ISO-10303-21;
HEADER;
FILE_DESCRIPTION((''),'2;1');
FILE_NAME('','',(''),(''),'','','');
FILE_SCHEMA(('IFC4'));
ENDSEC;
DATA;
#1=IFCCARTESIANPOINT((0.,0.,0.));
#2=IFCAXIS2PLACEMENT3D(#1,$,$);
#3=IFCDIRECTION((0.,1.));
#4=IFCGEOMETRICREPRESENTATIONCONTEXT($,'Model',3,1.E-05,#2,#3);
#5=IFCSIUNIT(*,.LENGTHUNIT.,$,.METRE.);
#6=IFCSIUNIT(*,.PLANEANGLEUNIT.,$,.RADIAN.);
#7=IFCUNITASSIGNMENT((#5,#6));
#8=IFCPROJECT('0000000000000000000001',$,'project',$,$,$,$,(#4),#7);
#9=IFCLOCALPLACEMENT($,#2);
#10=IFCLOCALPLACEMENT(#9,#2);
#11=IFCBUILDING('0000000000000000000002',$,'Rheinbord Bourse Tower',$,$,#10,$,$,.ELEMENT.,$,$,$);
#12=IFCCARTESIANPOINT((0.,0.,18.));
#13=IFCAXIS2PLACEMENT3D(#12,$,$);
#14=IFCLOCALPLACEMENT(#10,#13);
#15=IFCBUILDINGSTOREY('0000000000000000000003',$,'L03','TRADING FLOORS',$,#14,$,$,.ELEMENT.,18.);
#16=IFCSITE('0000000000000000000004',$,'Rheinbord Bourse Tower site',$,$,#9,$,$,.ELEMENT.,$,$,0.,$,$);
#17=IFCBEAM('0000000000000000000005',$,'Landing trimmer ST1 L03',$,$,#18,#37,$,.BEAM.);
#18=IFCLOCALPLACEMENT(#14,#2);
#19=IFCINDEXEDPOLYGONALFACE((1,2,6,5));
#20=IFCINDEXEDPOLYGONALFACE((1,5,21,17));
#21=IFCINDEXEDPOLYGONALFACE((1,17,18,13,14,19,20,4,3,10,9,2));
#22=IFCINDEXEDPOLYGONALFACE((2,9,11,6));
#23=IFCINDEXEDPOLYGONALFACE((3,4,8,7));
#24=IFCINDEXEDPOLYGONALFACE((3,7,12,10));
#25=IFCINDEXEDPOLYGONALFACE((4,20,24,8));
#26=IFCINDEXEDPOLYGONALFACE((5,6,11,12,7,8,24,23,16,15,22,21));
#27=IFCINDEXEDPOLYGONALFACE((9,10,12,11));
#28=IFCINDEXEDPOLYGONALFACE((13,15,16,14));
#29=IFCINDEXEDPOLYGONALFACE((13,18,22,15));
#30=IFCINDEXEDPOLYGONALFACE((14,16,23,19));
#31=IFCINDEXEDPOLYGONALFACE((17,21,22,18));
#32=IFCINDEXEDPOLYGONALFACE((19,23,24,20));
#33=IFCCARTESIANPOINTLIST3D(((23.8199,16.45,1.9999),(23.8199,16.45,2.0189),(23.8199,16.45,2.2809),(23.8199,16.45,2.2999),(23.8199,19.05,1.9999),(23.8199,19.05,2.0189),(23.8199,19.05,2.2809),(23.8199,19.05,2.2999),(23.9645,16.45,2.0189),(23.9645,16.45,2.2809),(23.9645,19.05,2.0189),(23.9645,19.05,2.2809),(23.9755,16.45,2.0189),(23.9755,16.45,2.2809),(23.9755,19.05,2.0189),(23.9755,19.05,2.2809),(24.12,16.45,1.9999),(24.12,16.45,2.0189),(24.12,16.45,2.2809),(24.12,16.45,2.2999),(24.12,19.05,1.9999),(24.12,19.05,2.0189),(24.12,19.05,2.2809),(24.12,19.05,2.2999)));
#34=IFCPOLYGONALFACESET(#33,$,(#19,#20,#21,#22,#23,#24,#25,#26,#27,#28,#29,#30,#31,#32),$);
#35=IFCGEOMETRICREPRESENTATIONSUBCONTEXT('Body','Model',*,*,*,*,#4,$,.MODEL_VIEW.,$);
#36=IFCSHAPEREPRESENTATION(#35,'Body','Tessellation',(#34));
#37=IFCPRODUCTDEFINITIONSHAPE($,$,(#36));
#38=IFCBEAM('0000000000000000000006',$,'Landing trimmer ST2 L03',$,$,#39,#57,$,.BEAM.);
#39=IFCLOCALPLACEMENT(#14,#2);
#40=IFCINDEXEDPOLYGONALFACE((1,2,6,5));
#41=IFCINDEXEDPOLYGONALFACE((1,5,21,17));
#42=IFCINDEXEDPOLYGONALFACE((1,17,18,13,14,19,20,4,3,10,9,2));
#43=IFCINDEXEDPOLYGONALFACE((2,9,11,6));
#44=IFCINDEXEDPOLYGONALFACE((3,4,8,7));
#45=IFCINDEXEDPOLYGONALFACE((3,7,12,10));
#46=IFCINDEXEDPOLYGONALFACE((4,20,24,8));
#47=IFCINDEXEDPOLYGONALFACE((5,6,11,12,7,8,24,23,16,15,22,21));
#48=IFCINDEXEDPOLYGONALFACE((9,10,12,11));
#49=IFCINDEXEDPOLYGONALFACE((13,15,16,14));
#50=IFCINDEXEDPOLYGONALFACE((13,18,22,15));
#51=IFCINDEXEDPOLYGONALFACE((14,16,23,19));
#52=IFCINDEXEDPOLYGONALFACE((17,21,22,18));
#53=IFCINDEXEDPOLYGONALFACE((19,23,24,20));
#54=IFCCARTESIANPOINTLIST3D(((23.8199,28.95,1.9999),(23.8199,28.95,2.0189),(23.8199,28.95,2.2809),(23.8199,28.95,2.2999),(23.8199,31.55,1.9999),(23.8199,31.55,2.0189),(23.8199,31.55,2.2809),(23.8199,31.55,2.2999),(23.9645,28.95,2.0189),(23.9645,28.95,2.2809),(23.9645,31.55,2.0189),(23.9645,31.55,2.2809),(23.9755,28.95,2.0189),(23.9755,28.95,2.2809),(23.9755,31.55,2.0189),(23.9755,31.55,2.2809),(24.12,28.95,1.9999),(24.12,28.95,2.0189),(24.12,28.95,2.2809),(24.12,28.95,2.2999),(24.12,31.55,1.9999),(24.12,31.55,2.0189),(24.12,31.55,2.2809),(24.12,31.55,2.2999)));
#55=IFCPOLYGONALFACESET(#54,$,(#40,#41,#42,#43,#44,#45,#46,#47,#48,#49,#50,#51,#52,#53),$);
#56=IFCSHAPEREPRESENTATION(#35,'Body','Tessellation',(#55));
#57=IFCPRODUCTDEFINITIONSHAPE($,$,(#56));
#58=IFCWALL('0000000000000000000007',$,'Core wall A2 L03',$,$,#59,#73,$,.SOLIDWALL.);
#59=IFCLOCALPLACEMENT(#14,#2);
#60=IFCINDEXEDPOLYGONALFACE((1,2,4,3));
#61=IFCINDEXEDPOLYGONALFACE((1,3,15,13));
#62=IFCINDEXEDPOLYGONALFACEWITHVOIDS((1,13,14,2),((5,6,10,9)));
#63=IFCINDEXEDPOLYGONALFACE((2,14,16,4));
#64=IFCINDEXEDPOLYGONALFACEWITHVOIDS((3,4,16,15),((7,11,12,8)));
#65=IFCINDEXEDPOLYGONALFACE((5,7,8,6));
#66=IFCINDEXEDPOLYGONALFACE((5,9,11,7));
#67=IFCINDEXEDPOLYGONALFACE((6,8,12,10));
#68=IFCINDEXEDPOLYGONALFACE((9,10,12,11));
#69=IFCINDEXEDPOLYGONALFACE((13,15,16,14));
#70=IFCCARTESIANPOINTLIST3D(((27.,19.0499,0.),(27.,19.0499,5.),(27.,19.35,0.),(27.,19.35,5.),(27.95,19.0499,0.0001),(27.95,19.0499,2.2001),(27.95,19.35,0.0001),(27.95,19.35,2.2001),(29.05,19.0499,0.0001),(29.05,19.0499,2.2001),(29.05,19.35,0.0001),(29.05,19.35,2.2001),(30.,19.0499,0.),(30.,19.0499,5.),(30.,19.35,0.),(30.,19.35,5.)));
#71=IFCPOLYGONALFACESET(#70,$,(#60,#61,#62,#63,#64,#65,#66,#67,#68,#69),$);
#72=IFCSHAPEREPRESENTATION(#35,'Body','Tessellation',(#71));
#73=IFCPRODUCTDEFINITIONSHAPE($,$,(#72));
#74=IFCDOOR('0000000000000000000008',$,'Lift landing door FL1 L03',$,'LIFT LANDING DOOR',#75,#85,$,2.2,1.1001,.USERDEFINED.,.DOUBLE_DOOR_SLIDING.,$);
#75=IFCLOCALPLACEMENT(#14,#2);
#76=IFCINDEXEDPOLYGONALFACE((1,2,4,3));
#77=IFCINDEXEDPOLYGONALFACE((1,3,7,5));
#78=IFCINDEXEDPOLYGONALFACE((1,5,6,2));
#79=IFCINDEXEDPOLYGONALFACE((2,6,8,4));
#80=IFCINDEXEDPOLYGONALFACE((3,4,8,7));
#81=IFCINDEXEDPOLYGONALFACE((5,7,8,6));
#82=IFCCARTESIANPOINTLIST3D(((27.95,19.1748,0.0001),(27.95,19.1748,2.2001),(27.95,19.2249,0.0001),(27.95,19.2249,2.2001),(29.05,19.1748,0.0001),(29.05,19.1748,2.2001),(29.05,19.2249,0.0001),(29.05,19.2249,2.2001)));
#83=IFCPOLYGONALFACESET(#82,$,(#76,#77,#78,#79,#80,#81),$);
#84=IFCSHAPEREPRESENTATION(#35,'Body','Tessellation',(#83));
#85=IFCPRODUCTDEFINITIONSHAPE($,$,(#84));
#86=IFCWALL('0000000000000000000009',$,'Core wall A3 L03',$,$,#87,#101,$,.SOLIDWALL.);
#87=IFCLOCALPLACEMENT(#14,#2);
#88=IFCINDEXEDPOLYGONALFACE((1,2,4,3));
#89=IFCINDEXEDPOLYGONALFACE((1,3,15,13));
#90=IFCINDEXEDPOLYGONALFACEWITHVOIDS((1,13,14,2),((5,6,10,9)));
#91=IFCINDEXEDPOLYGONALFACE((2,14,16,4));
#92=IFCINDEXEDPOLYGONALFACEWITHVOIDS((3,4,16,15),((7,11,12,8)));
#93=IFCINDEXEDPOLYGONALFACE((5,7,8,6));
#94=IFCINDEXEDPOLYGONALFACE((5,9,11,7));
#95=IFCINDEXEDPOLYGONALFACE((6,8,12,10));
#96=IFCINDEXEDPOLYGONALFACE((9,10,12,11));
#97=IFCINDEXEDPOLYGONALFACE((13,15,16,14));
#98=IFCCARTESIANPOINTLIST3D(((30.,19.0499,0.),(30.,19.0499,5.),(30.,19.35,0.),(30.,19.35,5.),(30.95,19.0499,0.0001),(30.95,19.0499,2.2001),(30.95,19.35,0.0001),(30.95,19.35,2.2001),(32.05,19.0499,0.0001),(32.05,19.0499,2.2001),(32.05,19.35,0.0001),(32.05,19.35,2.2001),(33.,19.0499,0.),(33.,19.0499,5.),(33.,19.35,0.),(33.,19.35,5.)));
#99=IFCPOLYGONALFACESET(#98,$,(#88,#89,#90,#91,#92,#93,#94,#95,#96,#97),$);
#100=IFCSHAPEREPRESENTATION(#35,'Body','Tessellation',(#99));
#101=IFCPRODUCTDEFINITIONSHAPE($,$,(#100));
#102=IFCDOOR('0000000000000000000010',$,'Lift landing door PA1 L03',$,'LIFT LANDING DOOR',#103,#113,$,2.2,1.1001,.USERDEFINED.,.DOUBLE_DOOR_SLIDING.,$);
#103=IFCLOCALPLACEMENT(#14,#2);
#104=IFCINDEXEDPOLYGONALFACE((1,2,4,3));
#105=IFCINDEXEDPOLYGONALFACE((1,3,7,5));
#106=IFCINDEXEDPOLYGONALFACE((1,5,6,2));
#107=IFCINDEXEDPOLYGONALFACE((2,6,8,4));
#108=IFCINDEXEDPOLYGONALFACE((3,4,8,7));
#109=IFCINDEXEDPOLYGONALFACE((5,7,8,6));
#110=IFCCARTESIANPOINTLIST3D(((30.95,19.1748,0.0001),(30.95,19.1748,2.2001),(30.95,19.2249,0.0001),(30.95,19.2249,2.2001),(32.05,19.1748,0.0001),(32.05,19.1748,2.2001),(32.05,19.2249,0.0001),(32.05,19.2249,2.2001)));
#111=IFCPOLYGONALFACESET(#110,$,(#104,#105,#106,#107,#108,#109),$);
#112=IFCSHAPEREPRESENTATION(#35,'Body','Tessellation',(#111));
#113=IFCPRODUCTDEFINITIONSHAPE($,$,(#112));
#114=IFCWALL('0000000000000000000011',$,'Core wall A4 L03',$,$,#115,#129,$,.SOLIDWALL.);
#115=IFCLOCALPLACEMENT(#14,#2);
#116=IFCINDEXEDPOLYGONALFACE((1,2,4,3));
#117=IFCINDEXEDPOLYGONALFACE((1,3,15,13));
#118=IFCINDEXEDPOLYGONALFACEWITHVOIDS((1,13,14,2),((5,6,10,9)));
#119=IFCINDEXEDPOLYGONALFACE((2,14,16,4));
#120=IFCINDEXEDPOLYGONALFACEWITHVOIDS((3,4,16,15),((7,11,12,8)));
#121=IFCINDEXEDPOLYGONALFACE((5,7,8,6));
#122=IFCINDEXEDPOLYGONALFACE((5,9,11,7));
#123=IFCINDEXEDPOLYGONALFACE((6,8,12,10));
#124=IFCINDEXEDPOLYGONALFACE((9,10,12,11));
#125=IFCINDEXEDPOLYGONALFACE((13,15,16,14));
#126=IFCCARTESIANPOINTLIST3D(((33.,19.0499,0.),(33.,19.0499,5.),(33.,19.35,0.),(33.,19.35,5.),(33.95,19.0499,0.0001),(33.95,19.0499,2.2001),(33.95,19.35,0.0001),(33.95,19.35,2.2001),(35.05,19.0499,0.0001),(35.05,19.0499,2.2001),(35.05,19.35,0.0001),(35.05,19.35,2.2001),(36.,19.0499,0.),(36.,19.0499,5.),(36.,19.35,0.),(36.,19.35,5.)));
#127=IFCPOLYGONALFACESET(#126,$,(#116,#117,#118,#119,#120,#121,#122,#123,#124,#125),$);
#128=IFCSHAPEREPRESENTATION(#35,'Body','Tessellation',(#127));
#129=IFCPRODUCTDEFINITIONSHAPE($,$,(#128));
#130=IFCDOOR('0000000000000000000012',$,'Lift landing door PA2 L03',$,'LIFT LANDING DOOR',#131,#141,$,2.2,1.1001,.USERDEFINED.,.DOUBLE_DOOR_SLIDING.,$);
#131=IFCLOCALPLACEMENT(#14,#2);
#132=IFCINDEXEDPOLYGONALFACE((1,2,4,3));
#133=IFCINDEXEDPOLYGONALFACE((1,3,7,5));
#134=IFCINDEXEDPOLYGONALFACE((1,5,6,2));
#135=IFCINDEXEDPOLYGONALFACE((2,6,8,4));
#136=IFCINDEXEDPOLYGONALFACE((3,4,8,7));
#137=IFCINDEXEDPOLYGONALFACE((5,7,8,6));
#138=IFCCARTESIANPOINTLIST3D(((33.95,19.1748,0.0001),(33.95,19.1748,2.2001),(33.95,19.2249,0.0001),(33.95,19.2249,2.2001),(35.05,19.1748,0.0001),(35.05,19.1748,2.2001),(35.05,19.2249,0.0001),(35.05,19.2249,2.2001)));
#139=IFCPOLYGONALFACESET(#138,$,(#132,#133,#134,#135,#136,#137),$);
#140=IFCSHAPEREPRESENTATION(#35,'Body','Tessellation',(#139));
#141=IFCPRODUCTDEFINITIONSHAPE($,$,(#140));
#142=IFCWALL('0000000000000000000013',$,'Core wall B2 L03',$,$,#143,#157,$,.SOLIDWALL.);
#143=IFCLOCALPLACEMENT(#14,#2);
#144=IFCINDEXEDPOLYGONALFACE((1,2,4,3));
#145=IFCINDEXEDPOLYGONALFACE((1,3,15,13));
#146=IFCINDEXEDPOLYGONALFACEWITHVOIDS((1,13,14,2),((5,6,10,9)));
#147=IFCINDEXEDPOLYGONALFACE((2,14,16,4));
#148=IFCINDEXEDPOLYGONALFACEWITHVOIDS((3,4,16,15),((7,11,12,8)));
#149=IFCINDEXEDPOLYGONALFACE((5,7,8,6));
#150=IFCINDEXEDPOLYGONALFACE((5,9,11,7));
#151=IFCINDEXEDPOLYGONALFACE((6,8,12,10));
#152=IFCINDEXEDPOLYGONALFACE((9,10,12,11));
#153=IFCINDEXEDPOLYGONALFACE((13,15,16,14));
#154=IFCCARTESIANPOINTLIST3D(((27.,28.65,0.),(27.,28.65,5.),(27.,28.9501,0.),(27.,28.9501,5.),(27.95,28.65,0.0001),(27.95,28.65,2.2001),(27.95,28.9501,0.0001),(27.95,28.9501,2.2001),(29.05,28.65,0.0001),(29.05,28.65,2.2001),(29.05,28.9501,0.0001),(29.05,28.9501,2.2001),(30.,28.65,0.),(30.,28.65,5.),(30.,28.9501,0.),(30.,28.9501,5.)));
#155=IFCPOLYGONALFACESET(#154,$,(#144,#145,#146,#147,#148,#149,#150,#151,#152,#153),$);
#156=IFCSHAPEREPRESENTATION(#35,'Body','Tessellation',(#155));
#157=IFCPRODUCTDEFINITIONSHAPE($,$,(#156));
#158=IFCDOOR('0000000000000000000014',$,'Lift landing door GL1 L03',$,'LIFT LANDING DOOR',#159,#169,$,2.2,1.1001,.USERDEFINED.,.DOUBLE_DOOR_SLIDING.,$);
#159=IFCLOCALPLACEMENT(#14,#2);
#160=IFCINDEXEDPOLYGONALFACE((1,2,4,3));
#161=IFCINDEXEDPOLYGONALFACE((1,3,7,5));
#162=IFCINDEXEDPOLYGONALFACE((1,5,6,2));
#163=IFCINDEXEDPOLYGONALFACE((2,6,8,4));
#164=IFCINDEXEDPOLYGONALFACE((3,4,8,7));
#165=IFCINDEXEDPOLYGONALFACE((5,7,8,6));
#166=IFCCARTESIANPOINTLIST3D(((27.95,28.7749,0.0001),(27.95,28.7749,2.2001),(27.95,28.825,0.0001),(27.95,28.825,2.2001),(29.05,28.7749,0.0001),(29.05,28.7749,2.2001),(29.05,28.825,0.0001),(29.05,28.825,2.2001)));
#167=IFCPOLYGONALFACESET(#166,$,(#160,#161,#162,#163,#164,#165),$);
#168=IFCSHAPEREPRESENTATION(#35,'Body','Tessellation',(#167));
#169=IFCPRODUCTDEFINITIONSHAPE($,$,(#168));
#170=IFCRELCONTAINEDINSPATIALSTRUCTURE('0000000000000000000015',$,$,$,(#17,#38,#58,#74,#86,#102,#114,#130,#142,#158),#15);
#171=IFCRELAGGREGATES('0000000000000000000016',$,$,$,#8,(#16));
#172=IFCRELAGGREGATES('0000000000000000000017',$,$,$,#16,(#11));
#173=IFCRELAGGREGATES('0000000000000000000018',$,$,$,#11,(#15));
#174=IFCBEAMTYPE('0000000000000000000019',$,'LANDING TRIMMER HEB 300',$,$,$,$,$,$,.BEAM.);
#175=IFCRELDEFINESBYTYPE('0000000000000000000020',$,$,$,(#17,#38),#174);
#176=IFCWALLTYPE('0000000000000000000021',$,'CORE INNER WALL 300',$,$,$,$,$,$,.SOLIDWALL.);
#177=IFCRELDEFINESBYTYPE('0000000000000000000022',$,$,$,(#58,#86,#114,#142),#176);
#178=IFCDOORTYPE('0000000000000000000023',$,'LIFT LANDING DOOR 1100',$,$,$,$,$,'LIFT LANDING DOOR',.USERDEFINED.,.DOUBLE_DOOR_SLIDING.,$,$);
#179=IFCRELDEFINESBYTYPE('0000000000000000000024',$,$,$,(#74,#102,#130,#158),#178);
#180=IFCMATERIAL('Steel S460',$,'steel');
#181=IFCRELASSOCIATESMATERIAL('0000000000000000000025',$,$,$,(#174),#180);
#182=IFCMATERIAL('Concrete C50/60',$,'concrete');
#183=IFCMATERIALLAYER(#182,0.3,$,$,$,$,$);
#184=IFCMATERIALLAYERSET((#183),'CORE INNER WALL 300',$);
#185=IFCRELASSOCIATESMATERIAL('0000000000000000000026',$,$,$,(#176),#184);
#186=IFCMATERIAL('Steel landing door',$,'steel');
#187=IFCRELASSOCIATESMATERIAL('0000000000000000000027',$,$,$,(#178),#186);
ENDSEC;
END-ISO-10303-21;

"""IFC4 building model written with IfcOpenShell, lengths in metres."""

from ifc_helpers import new_model, si_unit, direction, frame, frame_2d, origin, origin_2d, place, context, subcontext, project, spatial, rectangle, i_section, extrude, material, layer, layer_set, material_profile, profile_set, type_object, element, fill, save


model = new_model("IFC4")

# Units and contexts
model_context = context("Model", 3, precision=1e-05, world=origin(), true_north=direction((0.0, 1.0)))
body_context = subcontext(model_context, "Body", "Model", "MODEL_VIEW")
ifc_project = project(units=[si_unit("LENGTHUNIT", "METRE"), si_unit("PLANEANGLEUNIT", "RADIAN")], contexts=[model_context])

# Site, building, storey
site_placement = place(None, origin())
site = spatial("IfcSite", under=ifc_project, at=site_placement, Name="Rheinbord Bourse Tower site", CompositionType="ELEMENT", RefElevation=0.0)
building_placement = place(site_placement, origin())
building = spatial("IfcBuilding", under=site, at=building_placement, Name="Rheinbord Bourse Tower", CompositionType="ELEMENT")
storey_placement = place(building_placement, frame((0.0, 0.0, 18.0)))
storey = spatial("IfcBuildingStorey", under=building, at=storey_placement, Name="L03", Description="TRADING FLOORS", CompositionType="ELEMENT", Elevation=18.0)

# Beams
ifc_material_1 = material(Name="Steel S460", Category="steel")
ifc_material_profile = material_profile(ifc_material_1, i_section(OverallWidth=0.3, OverallDepth=0.3, WebThickness=0.011, FlangeThickness=0.019, at=origin_2d()), Name="HEB 300")
ifc_profile_set = profile_set([ifc_material_profile], Name="Steel S460")
beam_type = type_object("IfcBeamType", Name="LANDING TRIMMER HEB 300", PredefinedType="BEAM", material=ifc_profile_set)
for number, where, z_axis, x_axis, name in (
    (1, (23.97, 16.45, 2.1499), (0.0, 1.0, 0.0), (-1.0, 0.0, 0.0), "Landing trimmer ST1 L03"),
    (2, (23.97, 28.95, 2.1499), (0.0, 1.0, 0.0), (-1.0, 0.0, 0.0), "Landing trimmer ST2 L03"),
):
    element("IfcBeam", number, at=place(storey_placement, frame(where, z_axis=z_axis, x_axis=x_axis)), inside=storey, type_object=beam_type, Name=name, PredefinedType="BEAM", context=body_context, shape_type="SweptSolid", body=[
        extrude(i_section(OverallWidth=0.3, OverallDepth=0.3, WebThickness=0.011, FlangeThickness=0.019, at=origin_2d()), origin(), (0.0, 0.0, 1.0), 2.6001),
    ])

# Walls, openings, doors
ifc_material_2 = material(Name="Concrete C50/60", Category="concrete")
ifc_layer_1 = layer(ifc_material_2, 0.3)
ifc_layer_set_1 = layer_set([ifc_layer_1], Name="CORE INNER WALL 300")
wall_type_1 = type_object("IfcWallType", Name="CORE INNER WALL 300", PredefinedType="SOLIDWALL", material=ifc_layer_set_1)
wall_1_placement = place(storey_placement, frame((27.0, 19.2, 0.0), z_axis=(0.0, 0.0, 1.0), x_axis=(1.0, 0.0, 0.0)))
wall_1 = element("IfcWall", 3, at=wall_1_placement, inside=storey, type_object=wall_type_1, Name="Core wall A2 L03", PredefinedType="SOLIDWALL", context=body_context, shape_type="SweptSolid", body=[
    extrude(rectangle(XDim=3.0, YDim=0.3, at=frame_2d((1.5, 0.0))), origin(), (0.0, 0.0, 1.0), 5.0),
])
opening_1_placement = place(wall_1_placement, frame((0.95, 0.0, 0.0)))
opening_1 = element("IfcOpeningElement", 4, at=opening_1_placement, cuts=wall_1, PredefinedType="OPENING", context=body_context, shape_type="SweptSolid", body=[
    extrude(rectangle(XDim=1.1001, YDim=2.2, at=frame_2d((0.55, 1.1001))), frame((0.0, 0.1599, 0.0), z_axis=(0.0, -1.0, 0.0), x_axis=(1.0, 0.0, 0.0)), (0.0, 0.0, 1.0), 0.3201),
])
ifc_material_3 = material(Name="Steel landing door", Category="steel")
door_type_1 = type_object("IfcDoorType", Name="LIFT LANDING DOOR 1100", ElementType="LIFT LANDING DOOR", OperationType="DOUBLE_DOOR_SLIDING", PredefinedType="USERDEFINED", material=ifc_material_3)
door_1_placement = place(opening_1_placement, origin())
door_1 = element("IfcDoor", 5, at=door_1_placement, inside=storey, type_object=door_type_1, Name="Lift landing door FL1 L03", ObjectType="LIFT LANDING DOOR", OperationType="DOUBLE_DOOR_SLIDING", OverallHeight=2.2, OverallWidth=1.1001, PredefinedType="USERDEFINED", context=body_context, shape_type="SweptSolid", body=[
    extrude(rectangle(XDim=1.1001, YDim=2.2, at=frame_2d((0.55, 1.1001))), frame((0.0, 0.0249, 0.0), z_axis=(0.0, -1.0, 0.0), x_axis=(1.0, 0.0, 0.0)), (0.0, 0.0, 1.0), 0.05),
])
fill(opening_1, door_1)
wall_2_placement = place(storey_placement, frame((30.0, 19.2, 0.0), z_axis=(0.0, 0.0, 1.0), x_axis=(1.0, 0.0, 0.0)))
wall_2 = element("IfcWall", 6, at=wall_2_placement, inside=storey, type_object=wall_type_1, Name="Core wall A3 L03", PredefinedType="SOLIDWALL", context=body_context, shape_type="SweptSolid", body=[
    extrude(rectangle(XDim=3.0, YDim=0.3, at=frame_2d((1.5, 0.0))), origin(), (0.0, 0.0, 1.0), 5.0),
])
opening_2_placement = place(wall_2_placement, frame((0.95, 0.0, 0.0)))
opening_2 = element("IfcOpeningElement", 7, at=opening_2_placement, cuts=wall_2, PredefinedType="OPENING", context=body_context, shape_type="SweptSolid", body=[
    extrude(rectangle(XDim=1.1001, YDim=2.2, at=frame_2d((0.55, 1.1001))), frame((0.0, 0.1599, 0.0), z_axis=(0.0, -1.0, 0.0), x_axis=(1.0, 0.0, 0.0)), (0.0, 0.0, 1.0), 0.3201),
])
door_2_placement = place(opening_2_placement, origin())
door_2 = element("IfcDoor", 8, at=door_2_placement, inside=storey, type_object=door_type_1, Name="Lift landing door PA1 L03", ObjectType="LIFT LANDING DOOR", OperationType="DOUBLE_DOOR_SLIDING", OverallHeight=2.2, OverallWidth=1.1001, PredefinedType="USERDEFINED", context=body_context, shape_type="SweptSolid", body=[
    extrude(rectangle(XDim=1.1001, YDim=2.2, at=frame_2d((0.55, 1.1001))), frame((0.0, 0.0249, 0.0), z_axis=(0.0, -1.0, 0.0), x_axis=(1.0, 0.0, 0.0)), (0.0, 0.0, 1.0), 0.05),
])
fill(opening_2, door_2)
wall_3_placement = place(storey_placement, frame((33.0, 19.2, 0.0), z_axis=(0.0, 0.0, 1.0), x_axis=(1.0, 0.0, 0.0)))
wall_3 = element("IfcWall", 9, at=wall_3_placement, inside=storey, type_object=wall_type_1, Name="Core wall A4 L03", PredefinedType="SOLIDWALL", context=body_context, shape_type="SweptSolid", body=[
    extrude(rectangle(XDim=3.0, YDim=0.3, at=frame_2d((1.5, 0.0))), origin(), (0.0, 0.0, 1.0), 5.0),
])
opening_3_placement = place(wall_3_placement, frame((0.95, 0.0, 0.0)))
opening_3 = element("IfcOpeningElement", 10, at=opening_3_placement, cuts=wall_3, PredefinedType="OPENING", context=body_context, shape_type="SweptSolid", body=[
    extrude(rectangle(XDim=1.1001, YDim=2.2, at=frame_2d((0.55, 1.1001))), frame((0.0, 0.1599, 0.0), z_axis=(0.0, -1.0, 0.0), x_axis=(1.0, 0.0, 0.0)), (0.0, 0.0, 1.0), 0.3201),
])
door_3_placement = place(opening_3_placement, origin())
door_3 = element("IfcDoor", 11, at=door_3_placement, inside=storey, type_object=door_type_1, Name="Lift landing door PA2 L03", ObjectType="LIFT LANDING DOOR", OperationType="DOUBLE_DOOR_SLIDING", OverallHeight=2.2, OverallWidth=1.1001, PredefinedType="USERDEFINED", context=body_context, shape_type="SweptSolid", body=[
    extrude(rectangle(XDim=1.1001, YDim=2.2, at=frame_2d((0.55, 1.1001))), frame((0.0, 0.0249, 0.0), z_axis=(0.0, -1.0, 0.0), x_axis=(1.0, 0.0, 0.0)), (0.0, 0.0, 1.0), 0.05),
])
fill(opening_3, door_3)
wall_4_placement = place(storey_placement, frame((27.0, 28.8, 0.0), z_axis=(0.0, 0.0, 1.0), x_axis=(1.0, 0.0, 0.0)))
wall_4 = element("IfcWall", 12, at=wall_4_placement, inside=storey, type_object=wall_type_1, Name="Core wall B2 L03", PredefinedType="SOLIDWALL", context=body_context, shape_type="SweptSolid", body=[
    extrude(rectangle(XDim=3.0, YDim=0.3, at=frame_2d((1.5, 0.0))), origin(), (0.0, 0.0, 1.0), 5.0),
])
opening_4_placement = place(wall_4_placement, frame((0.95, 0.0, 0.0)))
opening_4 = element("IfcOpeningElement", 13, at=opening_4_placement, cuts=wall_4, PredefinedType="OPENING", context=body_context, shape_type="SweptSolid", body=[
    extrude(rectangle(XDim=1.1001, YDim=2.2, at=frame_2d((0.55, 1.1001))), frame((0.0, 0.1599, 0.0), z_axis=(0.0, -1.0, 0.0), x_axis=(1.0, 0.0, 0.0)), (0.0, 0.0, 1.0), 0.3201),
])
door_4_placement = place(opening_4_placement, origin())
door_4 = element("IfcDoor", 14, at=door_4_placement, inside=storey, type_object=door_type_1, Name="Lift landing door GL1 L03", ObjectType="LIFT LANDING DOOR", OperationType="DOUBLE_DOOR_SLIDING", OverallHeight=2.2, OverallWidth=1.1001, PredefinedType="USERDEFINED", context=body_context, shape_type="SweptSolid", body=[
    extrude(rectangle(XDim=1.1001, YDim=2.2, at=frame_2d((0.55, 1.1001))), frame((0.0, 0.0249, 0.0), z_axis=(0.0, -1.0, 0.0), x_axis=(1.0, 0.0, 0.0)), (0.0, 0.0, 1.0), 0.05),
])
fill(opening_4, door_4)

save(model, "model.ifc")
